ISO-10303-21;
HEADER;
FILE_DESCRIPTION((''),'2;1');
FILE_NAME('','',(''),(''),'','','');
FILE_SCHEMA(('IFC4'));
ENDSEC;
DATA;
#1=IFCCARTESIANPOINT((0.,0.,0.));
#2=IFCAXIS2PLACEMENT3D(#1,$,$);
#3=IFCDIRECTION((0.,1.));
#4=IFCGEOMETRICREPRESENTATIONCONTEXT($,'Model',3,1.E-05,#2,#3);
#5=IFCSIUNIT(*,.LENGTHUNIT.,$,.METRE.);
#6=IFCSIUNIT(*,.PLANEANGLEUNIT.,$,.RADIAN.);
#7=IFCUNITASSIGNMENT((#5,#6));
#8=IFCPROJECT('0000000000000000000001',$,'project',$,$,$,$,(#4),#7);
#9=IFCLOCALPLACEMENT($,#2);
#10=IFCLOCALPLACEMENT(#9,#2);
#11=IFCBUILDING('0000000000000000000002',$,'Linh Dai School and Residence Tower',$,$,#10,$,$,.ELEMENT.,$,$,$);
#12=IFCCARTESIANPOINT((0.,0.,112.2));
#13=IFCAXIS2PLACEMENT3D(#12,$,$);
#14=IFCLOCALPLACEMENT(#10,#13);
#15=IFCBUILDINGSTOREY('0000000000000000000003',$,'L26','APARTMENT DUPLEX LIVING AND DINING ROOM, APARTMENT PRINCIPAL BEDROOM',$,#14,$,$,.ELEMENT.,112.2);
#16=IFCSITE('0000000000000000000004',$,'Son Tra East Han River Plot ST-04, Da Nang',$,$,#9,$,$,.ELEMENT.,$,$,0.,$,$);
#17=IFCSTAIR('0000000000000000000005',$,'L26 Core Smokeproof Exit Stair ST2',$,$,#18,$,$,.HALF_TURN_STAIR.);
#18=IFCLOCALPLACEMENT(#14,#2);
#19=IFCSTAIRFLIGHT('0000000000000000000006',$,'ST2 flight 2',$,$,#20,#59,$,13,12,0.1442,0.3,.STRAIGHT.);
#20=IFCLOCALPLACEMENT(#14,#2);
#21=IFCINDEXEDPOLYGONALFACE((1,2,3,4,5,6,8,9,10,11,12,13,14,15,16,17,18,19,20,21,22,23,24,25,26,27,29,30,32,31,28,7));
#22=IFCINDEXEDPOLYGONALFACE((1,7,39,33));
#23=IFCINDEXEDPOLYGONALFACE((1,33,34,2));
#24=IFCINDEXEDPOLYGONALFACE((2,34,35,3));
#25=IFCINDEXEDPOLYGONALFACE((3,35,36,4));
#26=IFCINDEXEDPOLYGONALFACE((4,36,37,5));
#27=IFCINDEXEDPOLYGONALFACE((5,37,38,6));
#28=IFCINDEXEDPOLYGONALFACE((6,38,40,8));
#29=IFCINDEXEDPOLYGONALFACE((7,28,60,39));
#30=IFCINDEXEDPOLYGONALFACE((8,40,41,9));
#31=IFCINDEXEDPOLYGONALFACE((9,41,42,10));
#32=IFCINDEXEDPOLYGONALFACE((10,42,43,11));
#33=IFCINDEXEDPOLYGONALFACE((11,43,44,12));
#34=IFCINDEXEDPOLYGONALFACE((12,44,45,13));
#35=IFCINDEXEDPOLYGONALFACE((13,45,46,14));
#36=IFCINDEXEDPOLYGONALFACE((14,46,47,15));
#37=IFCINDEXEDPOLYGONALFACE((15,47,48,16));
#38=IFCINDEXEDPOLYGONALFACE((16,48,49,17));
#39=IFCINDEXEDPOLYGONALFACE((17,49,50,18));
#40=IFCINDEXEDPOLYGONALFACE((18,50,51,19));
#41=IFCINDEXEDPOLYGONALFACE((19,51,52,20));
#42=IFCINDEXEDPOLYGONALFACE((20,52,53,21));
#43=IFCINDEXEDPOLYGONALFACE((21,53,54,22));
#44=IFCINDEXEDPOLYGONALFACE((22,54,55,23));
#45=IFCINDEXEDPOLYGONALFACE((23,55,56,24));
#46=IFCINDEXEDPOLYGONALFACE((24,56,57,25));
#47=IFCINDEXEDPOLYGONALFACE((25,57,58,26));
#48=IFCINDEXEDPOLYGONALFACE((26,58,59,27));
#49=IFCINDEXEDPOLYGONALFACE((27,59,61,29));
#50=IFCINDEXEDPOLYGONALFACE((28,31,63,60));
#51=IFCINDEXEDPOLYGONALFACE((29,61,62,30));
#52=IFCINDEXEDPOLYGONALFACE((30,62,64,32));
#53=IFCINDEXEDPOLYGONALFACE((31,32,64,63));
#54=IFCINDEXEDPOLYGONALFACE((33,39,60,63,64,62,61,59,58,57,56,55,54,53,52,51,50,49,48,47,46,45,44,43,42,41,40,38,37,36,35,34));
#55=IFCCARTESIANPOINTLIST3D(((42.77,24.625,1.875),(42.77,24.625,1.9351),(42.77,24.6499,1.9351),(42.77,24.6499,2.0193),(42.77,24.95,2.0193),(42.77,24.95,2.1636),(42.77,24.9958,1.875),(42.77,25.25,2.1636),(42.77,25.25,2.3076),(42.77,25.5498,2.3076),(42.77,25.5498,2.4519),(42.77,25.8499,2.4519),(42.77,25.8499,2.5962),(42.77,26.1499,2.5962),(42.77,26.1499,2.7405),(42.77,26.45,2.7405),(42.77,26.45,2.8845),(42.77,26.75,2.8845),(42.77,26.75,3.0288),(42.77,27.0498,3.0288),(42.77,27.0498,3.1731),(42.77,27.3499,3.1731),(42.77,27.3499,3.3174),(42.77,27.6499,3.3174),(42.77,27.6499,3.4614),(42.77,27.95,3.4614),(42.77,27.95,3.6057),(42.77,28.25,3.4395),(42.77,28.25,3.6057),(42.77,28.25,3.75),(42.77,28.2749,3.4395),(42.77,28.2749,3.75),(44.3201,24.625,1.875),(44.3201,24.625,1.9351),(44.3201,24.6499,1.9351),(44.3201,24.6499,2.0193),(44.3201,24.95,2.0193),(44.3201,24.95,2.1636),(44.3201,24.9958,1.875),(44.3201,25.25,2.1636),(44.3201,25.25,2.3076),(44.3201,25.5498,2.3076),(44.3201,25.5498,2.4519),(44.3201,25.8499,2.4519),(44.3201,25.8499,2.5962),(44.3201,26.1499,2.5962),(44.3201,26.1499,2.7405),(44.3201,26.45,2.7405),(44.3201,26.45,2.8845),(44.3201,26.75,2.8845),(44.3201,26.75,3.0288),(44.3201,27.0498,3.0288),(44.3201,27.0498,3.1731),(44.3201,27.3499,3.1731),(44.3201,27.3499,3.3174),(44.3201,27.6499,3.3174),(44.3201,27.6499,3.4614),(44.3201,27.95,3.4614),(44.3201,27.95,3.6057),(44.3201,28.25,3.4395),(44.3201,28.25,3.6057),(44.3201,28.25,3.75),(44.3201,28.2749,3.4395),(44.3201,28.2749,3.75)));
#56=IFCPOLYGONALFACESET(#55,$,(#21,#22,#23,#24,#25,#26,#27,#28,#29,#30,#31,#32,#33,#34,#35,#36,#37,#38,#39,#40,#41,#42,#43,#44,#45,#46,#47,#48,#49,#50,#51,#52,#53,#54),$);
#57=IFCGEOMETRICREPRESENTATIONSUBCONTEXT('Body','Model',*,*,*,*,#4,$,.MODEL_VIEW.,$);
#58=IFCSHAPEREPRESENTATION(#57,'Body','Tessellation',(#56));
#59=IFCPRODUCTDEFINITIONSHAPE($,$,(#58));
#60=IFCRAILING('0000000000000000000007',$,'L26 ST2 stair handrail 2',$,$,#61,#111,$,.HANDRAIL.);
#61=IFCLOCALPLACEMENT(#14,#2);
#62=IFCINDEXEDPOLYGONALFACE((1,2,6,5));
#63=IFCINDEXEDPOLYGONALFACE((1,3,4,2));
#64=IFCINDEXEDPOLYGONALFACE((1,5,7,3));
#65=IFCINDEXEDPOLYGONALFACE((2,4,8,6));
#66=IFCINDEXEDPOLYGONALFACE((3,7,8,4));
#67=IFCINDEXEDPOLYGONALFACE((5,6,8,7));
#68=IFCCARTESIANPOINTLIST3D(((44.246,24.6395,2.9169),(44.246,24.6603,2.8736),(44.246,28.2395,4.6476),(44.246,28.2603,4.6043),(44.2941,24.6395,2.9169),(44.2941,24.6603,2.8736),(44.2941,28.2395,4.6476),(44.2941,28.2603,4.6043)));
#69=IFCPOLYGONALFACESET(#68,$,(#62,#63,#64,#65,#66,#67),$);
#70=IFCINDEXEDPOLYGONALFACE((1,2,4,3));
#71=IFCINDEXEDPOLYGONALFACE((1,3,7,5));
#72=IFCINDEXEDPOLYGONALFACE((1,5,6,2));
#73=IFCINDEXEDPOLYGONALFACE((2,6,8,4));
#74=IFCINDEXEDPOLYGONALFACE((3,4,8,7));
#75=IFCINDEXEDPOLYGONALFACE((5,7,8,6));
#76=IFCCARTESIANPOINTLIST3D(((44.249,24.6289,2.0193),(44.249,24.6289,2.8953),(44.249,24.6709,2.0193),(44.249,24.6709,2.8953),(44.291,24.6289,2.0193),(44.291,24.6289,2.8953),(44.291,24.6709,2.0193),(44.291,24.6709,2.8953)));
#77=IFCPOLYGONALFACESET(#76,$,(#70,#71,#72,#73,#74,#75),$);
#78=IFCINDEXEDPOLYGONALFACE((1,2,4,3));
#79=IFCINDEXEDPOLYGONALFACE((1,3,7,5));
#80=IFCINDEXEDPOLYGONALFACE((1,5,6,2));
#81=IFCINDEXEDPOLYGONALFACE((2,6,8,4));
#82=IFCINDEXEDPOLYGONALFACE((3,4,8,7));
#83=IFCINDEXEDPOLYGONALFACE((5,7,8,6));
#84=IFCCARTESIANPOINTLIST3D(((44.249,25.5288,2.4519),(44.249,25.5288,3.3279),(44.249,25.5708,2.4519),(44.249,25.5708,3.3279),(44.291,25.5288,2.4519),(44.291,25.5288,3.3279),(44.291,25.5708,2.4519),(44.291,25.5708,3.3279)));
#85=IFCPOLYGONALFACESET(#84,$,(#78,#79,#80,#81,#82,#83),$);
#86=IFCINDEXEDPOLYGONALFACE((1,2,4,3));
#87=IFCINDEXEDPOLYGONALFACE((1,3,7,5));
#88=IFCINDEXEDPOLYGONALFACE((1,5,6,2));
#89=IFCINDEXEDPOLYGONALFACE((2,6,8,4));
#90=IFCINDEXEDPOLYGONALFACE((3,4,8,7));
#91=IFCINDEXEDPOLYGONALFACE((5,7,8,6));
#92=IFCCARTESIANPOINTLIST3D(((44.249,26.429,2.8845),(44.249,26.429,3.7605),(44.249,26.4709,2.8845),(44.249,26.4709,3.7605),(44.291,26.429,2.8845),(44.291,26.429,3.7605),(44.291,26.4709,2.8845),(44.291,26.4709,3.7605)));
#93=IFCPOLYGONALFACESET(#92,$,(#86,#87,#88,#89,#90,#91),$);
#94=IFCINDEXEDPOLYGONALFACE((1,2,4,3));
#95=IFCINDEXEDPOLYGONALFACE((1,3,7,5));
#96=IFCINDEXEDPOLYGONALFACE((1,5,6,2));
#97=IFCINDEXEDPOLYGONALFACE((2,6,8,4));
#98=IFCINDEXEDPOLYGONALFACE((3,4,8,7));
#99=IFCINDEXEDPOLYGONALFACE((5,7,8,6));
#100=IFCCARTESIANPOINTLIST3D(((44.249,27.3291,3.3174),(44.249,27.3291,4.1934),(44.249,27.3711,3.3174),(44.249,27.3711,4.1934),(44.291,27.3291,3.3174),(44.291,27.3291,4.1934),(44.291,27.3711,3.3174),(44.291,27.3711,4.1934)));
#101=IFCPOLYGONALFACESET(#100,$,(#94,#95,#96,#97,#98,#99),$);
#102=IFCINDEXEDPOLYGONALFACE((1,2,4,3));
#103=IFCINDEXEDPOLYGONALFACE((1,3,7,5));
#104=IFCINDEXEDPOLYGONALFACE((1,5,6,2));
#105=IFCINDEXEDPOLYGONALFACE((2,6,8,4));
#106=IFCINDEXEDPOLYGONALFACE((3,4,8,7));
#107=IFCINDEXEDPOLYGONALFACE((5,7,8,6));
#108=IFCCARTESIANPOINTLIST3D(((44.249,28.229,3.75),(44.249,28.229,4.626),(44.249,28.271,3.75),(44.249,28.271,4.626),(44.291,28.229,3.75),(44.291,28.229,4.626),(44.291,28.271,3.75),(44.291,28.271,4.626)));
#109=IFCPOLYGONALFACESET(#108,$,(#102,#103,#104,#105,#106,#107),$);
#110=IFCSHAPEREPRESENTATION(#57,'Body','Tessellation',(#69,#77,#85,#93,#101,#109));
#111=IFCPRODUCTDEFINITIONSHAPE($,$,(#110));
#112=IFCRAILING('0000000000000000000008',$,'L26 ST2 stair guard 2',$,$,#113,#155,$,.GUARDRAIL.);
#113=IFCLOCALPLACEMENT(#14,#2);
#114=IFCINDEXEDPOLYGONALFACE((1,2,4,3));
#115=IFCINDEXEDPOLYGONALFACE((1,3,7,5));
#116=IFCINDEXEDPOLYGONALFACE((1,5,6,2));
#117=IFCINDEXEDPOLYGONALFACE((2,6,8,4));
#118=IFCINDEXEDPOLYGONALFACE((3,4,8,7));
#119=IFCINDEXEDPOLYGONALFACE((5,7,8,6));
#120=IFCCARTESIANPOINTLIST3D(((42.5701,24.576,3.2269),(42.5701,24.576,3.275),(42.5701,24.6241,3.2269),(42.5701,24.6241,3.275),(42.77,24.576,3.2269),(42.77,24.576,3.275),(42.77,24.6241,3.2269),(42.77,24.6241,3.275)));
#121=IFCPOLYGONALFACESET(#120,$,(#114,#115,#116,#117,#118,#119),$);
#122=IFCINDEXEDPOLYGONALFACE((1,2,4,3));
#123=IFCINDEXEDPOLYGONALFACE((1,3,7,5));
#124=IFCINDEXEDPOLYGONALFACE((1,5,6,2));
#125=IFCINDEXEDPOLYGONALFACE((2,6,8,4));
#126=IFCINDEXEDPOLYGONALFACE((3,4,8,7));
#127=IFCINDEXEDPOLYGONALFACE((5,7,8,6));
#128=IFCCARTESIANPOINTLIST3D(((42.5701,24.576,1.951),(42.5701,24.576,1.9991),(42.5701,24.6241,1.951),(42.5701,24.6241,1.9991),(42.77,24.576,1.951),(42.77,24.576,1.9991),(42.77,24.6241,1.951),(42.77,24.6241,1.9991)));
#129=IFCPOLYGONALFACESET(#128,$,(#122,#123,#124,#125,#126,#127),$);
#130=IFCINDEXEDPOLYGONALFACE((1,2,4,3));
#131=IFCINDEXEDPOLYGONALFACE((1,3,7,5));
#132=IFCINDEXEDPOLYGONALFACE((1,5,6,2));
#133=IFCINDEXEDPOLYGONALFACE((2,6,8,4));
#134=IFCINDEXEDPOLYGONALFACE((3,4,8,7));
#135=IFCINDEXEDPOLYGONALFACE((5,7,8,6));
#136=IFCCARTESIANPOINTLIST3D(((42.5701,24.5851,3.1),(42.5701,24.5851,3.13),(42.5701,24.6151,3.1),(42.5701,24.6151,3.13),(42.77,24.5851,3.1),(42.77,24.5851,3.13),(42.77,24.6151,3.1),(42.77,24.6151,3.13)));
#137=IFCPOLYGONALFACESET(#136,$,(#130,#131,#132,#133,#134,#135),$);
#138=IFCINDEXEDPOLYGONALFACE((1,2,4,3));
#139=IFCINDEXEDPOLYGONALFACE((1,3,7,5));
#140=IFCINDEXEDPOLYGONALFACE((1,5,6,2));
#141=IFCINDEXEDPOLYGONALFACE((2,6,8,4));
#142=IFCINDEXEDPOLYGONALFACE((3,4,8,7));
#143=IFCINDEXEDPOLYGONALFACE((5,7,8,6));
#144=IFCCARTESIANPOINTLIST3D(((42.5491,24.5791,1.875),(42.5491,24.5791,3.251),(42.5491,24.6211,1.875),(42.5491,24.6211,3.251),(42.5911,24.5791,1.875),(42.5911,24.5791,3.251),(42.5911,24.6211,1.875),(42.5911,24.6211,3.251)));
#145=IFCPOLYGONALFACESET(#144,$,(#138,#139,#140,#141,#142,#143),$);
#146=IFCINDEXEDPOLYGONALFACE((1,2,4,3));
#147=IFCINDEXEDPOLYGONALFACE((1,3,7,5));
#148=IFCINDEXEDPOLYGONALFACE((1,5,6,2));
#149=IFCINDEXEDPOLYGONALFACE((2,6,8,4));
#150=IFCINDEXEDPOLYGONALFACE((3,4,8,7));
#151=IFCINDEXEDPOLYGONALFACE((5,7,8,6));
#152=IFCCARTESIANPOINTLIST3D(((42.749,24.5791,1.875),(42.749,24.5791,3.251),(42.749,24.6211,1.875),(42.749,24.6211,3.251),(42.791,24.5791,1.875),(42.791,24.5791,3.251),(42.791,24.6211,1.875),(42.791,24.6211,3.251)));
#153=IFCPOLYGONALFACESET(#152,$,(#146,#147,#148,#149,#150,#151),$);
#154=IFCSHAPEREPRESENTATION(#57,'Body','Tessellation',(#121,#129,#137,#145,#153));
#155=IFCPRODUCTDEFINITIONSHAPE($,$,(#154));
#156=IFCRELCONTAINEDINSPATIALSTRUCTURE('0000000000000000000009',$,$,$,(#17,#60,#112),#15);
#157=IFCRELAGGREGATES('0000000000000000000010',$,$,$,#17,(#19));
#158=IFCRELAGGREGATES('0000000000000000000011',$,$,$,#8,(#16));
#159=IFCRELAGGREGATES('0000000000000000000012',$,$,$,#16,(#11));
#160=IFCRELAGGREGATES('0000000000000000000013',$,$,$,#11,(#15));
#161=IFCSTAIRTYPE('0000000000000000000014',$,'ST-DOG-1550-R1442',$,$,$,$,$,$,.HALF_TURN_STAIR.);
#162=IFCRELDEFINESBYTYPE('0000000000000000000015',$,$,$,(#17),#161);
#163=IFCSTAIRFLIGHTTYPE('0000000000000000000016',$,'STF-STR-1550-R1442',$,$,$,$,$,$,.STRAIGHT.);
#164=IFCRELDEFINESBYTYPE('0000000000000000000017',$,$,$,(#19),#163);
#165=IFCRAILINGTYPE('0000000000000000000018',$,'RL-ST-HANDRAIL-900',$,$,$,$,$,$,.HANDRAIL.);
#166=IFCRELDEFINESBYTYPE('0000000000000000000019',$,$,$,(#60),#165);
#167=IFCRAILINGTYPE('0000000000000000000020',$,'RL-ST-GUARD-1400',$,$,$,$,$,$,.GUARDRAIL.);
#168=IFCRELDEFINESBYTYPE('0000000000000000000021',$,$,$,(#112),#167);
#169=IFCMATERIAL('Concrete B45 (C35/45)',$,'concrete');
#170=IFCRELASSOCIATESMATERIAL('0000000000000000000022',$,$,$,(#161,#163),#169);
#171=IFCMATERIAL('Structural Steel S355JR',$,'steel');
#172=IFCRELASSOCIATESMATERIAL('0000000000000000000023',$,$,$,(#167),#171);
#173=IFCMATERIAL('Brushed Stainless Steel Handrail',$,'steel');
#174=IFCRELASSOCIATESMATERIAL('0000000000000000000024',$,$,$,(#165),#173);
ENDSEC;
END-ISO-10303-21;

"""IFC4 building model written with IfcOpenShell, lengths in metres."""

from ifc_helpers import new_model, si_unit, direction, frame, origin, origin_2d, place, context, subcontext, project, spatial, polyline, rectangle, outline, extrude, source, transform, mapped, material, type_object, element, aggregate, save


model = new_model("IFC4")

# Units and contexts
model_context = context("Model", 3, precision=1e-05, world=origin(), true_north=direction((0.0, 1.0)))
body_context = subcontext(model_context, "Body", "Model", "MODEL_VIEW")
ifc_project = project(units=[si_unit("LENGTHUNIT", "METRE"), si_unit("PLANEANGLEUNIT", "RADIAN")], contexts=[model_context])

# Site, building, storey
site_placement = place(None, origin())
site = spatial("IfcSite", under=ifc_project, at=site_placement, Name="Son Tra East Han River Plot ST-04, Da Nang", CompositionType="ELEMENT", RefElevation=0.0)
building_placement = place(site_placement, origin())
building = spatial("IfcBuilding", under=site, at=building_placement, Name="Linh Dai School and Residence Tower", CompositionType="ELEMENT")
storey_placement = place(building_placement, frame((0.0, 0.0, 112.2)))
storey = spatial("IfcBuildingStorey", under=building, at=storey_placement, Name="L26", Description="APARTMENT DUPLEX LIVING AND DINING ROOM, APARTMENT PRINCIPAL BEDROOM", CompositionType="ELEMENT", Elevation=112.2)

# Shared definitions
ifc_material_1 = material(Name="Structural Steel S355JR", Category="steel")

# Shared definitions
ifc_material_2 = material(Name="Concrete B45 (C35/45)", Category="concrete")

# Stair, stair flight
stair_type = type_object("IfcStairType", Name="ST-DOG-1550-R1442", PredefinedType="HALF_TURN_STAIR", material=ifc_material_2)
stair_placement = place(storey_placement, origin())
stair = element("IfcStair", 1, at=stair_placement, inside=storey, type_object=stair_type, Name="L26 Core Smokeproof Exit Stair ST2", PredefinedType="HALF_TURN_STAIR")
stair_flight_type = type_object("IfcStairFlightType", Name="STF-STR-1550-R1442", PredefinedType="STRAIGHT", material=ifc_material_2)
shared_shape_1 = source(origin(), body_context, "Body", "SweptSolid", [
    extrude(outline(polyline([(-0.0249, 0.0), (-0.0249, 0.0601), (0.0, 0.0601), (0.0, 0.1443), (0.3, 0.1443), (0.3, 0.2886), (0.6001, 0.2886), (0.6001, 0.4326), (0.8999, 0.4326), (0.8999, 0.5769), (1.2, 0.5769), (1.2, 0.7212), (1.5, 0.7212), (1.5, 0.8655), (1.8, 0.8655), (1.8, 1.0095), (2.1001, 1.0095), (2.1001, 1.1538), (2.3999, 1.1538), (2.3999, 1.2981), (2.7, 1.2981), (2.7, 1.4424), (3.0, 1.4424), (3.0, 1.5864), (3.3, 1.5864), (3.3, 1.7307), (3.6001, 1.7307), (3.6001, 1.875), (3.625, 1.875), (3.625, 1.5645), (3.6001, 1.5645), (0.3459, 0.0), (-0.0249, 0.0)])), frame((0.0, 0.7749, 0.0), z_axis=(0.0, -1.0, 0.0), x_axis=(1.0, 0.0, 0.0)), (0.0, 0.0, 1.0), 1.55),
])
stair_flight_placement = place(storey_placement, frame((43.5449, 24.6499, 1.875), z_axis=(0.0, 0.0, 1.0), x_axis=(0.0, 1.0, 0.0)))
stair_flight = element("IfcStairFlight", 2, at=stair_flight_placement, type_object=stair_flight_type, Name="ST2 flight 2", NumberOfRisers=13, NumberOfTreads=12, PredefinedType="STRAIGHT", RiserHeight=0.1442, TreadLength=0.3, context=body_context, shape_type="MappedRepresentation", body=[
    mapped(shared_shape_1, transform((0.0, 0.0, 0.0), x_axis=(1.0, 0.0, 0.0), y_axis=(0.0, 1.0, 0.0), z_axis=(0.0, 0.0, 1.0), scale=1.0)),
])
aggregate(stair, [stair_flight])

# Railings
railing_type_1 = type_object("IfcRailingType", Name="RL-ST-GUARD-1400", PredefinedType="GUARDRAIL", material=ifc_material_1)
ifc_material_3 = material(Name="Brushed Stainless Steel Handrail", Category="steel")
railing_type_2 = type_object("IfcRailingType", Name="RL-ST-HANDRAIL-900", PredefinedType="HANDRAIL", material=ifc_material_3)
shared_shape_2 = source(origin(), body_context, "Body", "SweptSolid", [
    extrude(rectangle(XDim=0.0481, YDim=0.0481, at=origin_2d()), frame((0.0, 0.0, 0.876), z_axis=(0.0, 0.901263, 0.433273), x_axis=(-1.0, 0.0, 0.0)), (0.0, 0.0, 1.0), 3.9944),
    extrude(rectangle(XDim=0.042, YDim=0.042, at=origin_2d()), origin(), (0.0, 0.0, 1.0), 0.876),
    extrude(rectangle(XDim=0.042, YDim=0.042, at=origin_2d()), frame((0.0, 0.8999, 0.4326)), (0.0, 0.0, 1.0), 0.876),
    extrude(rectangle(XDim=0.042, YDim=0.042, at=origin_2d()), frame((0.0, 1.8, 0.8652)), (0.0, 0.0, 1.0), 0.876),
    extrude(rectangle(XDim=0.042, YDim=0.042, at=origin_2d()), frame((0.0, 2.7002, 1.2981)), (0.0, 0.0, 1.0), 0.876),
    extrude(rectangle(XDim=0.042, YDim=0.042, at=origin_2d()), frame((0.0, 3.6001, 1.7307)), (0.0, 0.0, 1.0), 0.876),
])
railing_1_placement = place(storey_placement, frame((44.27, 24.6499, 2.0193)))
element("IfcRailing", 3, at=railing_1_placement, inside=storey, type_object=railing_type_2, Name="L26 ST2 stair handrail 2", PredefinedType="HANDRAIL", context=body_context, shape_type="MappedRepresentation", body=[
    mapped(shared_shape_2, transform((0.0, 0.0, 0.0), x_axis=(1.0, 0.0, 0.0), y_axis=(0.0, 1.0, 0.0), z_axis=(0.0, 0.0, 1.0), scale=1.0)),
])
shared_shape_3 = source(origin(), body_context, "Body", "SweptSolid", [
    extrude(rectangle(XDim=0.0481, YDim=0.0481, at=origin_2d()), frame((0.0, 0.0, 1.376), z_axis=(1.0, 0.0, 0.0), x_axis=(0.0, 1.0, 0.0)), (0.0, 0.0, 1.0), 0.2),
    extrude(rectangle(XDim=0.0481, YDim=0.0481, at=origin_2d()), frame((0.0, 0.0, 0.1001), z_axis=(1.0, 0.0, 0.0), x_axis=(0.0, 1.0, 0.0)), (0.0, 0.0, 1.0), 0.2),
    extrude(rectangle(XDim=0.03, YDim=0.03, at=origin_2d()), frame((0.0, 0.0, 1.24), z_axis=(1.0, 0.0, 0.0), x_axis=(0.0, 1.0, 0.0)), (0.0, 0.0, 1.0), 0.2),
    extrude(rectangle(XDim=0.042, YDim=0.042, at=origin_2d()), origin(), (0.0, 0.0, 1.0), 1.376),
    extrude(rectangle(XDim=0.042, YDim=0.042, at=origin_2d()), frame((0.2, 0.0, 0.0)), (0.0, 0.0, 1.0), 1.376),
])
railing_2_placement = place(storey_placement, frame((42.5701, 24.6001, 1.875)))
element("IfcRailing", 4, at=railing_2_placement, inside=storey, type_object=railing_type_1, Name="L26 ST2 stair guard 2", PredefinedType="GUARDRAIL", context=body_context, shape_type="MappedRepresentation", body=[
    mapped(shared_shape_3, transform((0.0, 0.0, 0.0), x_axis=(1.0, 0.0, 0.0), y_axis=(0.0, 1.0, 0.0), z_axis=(0.0, 0.0, 1.0), scale=1.0)),
])

save(model, "model.ifc")
